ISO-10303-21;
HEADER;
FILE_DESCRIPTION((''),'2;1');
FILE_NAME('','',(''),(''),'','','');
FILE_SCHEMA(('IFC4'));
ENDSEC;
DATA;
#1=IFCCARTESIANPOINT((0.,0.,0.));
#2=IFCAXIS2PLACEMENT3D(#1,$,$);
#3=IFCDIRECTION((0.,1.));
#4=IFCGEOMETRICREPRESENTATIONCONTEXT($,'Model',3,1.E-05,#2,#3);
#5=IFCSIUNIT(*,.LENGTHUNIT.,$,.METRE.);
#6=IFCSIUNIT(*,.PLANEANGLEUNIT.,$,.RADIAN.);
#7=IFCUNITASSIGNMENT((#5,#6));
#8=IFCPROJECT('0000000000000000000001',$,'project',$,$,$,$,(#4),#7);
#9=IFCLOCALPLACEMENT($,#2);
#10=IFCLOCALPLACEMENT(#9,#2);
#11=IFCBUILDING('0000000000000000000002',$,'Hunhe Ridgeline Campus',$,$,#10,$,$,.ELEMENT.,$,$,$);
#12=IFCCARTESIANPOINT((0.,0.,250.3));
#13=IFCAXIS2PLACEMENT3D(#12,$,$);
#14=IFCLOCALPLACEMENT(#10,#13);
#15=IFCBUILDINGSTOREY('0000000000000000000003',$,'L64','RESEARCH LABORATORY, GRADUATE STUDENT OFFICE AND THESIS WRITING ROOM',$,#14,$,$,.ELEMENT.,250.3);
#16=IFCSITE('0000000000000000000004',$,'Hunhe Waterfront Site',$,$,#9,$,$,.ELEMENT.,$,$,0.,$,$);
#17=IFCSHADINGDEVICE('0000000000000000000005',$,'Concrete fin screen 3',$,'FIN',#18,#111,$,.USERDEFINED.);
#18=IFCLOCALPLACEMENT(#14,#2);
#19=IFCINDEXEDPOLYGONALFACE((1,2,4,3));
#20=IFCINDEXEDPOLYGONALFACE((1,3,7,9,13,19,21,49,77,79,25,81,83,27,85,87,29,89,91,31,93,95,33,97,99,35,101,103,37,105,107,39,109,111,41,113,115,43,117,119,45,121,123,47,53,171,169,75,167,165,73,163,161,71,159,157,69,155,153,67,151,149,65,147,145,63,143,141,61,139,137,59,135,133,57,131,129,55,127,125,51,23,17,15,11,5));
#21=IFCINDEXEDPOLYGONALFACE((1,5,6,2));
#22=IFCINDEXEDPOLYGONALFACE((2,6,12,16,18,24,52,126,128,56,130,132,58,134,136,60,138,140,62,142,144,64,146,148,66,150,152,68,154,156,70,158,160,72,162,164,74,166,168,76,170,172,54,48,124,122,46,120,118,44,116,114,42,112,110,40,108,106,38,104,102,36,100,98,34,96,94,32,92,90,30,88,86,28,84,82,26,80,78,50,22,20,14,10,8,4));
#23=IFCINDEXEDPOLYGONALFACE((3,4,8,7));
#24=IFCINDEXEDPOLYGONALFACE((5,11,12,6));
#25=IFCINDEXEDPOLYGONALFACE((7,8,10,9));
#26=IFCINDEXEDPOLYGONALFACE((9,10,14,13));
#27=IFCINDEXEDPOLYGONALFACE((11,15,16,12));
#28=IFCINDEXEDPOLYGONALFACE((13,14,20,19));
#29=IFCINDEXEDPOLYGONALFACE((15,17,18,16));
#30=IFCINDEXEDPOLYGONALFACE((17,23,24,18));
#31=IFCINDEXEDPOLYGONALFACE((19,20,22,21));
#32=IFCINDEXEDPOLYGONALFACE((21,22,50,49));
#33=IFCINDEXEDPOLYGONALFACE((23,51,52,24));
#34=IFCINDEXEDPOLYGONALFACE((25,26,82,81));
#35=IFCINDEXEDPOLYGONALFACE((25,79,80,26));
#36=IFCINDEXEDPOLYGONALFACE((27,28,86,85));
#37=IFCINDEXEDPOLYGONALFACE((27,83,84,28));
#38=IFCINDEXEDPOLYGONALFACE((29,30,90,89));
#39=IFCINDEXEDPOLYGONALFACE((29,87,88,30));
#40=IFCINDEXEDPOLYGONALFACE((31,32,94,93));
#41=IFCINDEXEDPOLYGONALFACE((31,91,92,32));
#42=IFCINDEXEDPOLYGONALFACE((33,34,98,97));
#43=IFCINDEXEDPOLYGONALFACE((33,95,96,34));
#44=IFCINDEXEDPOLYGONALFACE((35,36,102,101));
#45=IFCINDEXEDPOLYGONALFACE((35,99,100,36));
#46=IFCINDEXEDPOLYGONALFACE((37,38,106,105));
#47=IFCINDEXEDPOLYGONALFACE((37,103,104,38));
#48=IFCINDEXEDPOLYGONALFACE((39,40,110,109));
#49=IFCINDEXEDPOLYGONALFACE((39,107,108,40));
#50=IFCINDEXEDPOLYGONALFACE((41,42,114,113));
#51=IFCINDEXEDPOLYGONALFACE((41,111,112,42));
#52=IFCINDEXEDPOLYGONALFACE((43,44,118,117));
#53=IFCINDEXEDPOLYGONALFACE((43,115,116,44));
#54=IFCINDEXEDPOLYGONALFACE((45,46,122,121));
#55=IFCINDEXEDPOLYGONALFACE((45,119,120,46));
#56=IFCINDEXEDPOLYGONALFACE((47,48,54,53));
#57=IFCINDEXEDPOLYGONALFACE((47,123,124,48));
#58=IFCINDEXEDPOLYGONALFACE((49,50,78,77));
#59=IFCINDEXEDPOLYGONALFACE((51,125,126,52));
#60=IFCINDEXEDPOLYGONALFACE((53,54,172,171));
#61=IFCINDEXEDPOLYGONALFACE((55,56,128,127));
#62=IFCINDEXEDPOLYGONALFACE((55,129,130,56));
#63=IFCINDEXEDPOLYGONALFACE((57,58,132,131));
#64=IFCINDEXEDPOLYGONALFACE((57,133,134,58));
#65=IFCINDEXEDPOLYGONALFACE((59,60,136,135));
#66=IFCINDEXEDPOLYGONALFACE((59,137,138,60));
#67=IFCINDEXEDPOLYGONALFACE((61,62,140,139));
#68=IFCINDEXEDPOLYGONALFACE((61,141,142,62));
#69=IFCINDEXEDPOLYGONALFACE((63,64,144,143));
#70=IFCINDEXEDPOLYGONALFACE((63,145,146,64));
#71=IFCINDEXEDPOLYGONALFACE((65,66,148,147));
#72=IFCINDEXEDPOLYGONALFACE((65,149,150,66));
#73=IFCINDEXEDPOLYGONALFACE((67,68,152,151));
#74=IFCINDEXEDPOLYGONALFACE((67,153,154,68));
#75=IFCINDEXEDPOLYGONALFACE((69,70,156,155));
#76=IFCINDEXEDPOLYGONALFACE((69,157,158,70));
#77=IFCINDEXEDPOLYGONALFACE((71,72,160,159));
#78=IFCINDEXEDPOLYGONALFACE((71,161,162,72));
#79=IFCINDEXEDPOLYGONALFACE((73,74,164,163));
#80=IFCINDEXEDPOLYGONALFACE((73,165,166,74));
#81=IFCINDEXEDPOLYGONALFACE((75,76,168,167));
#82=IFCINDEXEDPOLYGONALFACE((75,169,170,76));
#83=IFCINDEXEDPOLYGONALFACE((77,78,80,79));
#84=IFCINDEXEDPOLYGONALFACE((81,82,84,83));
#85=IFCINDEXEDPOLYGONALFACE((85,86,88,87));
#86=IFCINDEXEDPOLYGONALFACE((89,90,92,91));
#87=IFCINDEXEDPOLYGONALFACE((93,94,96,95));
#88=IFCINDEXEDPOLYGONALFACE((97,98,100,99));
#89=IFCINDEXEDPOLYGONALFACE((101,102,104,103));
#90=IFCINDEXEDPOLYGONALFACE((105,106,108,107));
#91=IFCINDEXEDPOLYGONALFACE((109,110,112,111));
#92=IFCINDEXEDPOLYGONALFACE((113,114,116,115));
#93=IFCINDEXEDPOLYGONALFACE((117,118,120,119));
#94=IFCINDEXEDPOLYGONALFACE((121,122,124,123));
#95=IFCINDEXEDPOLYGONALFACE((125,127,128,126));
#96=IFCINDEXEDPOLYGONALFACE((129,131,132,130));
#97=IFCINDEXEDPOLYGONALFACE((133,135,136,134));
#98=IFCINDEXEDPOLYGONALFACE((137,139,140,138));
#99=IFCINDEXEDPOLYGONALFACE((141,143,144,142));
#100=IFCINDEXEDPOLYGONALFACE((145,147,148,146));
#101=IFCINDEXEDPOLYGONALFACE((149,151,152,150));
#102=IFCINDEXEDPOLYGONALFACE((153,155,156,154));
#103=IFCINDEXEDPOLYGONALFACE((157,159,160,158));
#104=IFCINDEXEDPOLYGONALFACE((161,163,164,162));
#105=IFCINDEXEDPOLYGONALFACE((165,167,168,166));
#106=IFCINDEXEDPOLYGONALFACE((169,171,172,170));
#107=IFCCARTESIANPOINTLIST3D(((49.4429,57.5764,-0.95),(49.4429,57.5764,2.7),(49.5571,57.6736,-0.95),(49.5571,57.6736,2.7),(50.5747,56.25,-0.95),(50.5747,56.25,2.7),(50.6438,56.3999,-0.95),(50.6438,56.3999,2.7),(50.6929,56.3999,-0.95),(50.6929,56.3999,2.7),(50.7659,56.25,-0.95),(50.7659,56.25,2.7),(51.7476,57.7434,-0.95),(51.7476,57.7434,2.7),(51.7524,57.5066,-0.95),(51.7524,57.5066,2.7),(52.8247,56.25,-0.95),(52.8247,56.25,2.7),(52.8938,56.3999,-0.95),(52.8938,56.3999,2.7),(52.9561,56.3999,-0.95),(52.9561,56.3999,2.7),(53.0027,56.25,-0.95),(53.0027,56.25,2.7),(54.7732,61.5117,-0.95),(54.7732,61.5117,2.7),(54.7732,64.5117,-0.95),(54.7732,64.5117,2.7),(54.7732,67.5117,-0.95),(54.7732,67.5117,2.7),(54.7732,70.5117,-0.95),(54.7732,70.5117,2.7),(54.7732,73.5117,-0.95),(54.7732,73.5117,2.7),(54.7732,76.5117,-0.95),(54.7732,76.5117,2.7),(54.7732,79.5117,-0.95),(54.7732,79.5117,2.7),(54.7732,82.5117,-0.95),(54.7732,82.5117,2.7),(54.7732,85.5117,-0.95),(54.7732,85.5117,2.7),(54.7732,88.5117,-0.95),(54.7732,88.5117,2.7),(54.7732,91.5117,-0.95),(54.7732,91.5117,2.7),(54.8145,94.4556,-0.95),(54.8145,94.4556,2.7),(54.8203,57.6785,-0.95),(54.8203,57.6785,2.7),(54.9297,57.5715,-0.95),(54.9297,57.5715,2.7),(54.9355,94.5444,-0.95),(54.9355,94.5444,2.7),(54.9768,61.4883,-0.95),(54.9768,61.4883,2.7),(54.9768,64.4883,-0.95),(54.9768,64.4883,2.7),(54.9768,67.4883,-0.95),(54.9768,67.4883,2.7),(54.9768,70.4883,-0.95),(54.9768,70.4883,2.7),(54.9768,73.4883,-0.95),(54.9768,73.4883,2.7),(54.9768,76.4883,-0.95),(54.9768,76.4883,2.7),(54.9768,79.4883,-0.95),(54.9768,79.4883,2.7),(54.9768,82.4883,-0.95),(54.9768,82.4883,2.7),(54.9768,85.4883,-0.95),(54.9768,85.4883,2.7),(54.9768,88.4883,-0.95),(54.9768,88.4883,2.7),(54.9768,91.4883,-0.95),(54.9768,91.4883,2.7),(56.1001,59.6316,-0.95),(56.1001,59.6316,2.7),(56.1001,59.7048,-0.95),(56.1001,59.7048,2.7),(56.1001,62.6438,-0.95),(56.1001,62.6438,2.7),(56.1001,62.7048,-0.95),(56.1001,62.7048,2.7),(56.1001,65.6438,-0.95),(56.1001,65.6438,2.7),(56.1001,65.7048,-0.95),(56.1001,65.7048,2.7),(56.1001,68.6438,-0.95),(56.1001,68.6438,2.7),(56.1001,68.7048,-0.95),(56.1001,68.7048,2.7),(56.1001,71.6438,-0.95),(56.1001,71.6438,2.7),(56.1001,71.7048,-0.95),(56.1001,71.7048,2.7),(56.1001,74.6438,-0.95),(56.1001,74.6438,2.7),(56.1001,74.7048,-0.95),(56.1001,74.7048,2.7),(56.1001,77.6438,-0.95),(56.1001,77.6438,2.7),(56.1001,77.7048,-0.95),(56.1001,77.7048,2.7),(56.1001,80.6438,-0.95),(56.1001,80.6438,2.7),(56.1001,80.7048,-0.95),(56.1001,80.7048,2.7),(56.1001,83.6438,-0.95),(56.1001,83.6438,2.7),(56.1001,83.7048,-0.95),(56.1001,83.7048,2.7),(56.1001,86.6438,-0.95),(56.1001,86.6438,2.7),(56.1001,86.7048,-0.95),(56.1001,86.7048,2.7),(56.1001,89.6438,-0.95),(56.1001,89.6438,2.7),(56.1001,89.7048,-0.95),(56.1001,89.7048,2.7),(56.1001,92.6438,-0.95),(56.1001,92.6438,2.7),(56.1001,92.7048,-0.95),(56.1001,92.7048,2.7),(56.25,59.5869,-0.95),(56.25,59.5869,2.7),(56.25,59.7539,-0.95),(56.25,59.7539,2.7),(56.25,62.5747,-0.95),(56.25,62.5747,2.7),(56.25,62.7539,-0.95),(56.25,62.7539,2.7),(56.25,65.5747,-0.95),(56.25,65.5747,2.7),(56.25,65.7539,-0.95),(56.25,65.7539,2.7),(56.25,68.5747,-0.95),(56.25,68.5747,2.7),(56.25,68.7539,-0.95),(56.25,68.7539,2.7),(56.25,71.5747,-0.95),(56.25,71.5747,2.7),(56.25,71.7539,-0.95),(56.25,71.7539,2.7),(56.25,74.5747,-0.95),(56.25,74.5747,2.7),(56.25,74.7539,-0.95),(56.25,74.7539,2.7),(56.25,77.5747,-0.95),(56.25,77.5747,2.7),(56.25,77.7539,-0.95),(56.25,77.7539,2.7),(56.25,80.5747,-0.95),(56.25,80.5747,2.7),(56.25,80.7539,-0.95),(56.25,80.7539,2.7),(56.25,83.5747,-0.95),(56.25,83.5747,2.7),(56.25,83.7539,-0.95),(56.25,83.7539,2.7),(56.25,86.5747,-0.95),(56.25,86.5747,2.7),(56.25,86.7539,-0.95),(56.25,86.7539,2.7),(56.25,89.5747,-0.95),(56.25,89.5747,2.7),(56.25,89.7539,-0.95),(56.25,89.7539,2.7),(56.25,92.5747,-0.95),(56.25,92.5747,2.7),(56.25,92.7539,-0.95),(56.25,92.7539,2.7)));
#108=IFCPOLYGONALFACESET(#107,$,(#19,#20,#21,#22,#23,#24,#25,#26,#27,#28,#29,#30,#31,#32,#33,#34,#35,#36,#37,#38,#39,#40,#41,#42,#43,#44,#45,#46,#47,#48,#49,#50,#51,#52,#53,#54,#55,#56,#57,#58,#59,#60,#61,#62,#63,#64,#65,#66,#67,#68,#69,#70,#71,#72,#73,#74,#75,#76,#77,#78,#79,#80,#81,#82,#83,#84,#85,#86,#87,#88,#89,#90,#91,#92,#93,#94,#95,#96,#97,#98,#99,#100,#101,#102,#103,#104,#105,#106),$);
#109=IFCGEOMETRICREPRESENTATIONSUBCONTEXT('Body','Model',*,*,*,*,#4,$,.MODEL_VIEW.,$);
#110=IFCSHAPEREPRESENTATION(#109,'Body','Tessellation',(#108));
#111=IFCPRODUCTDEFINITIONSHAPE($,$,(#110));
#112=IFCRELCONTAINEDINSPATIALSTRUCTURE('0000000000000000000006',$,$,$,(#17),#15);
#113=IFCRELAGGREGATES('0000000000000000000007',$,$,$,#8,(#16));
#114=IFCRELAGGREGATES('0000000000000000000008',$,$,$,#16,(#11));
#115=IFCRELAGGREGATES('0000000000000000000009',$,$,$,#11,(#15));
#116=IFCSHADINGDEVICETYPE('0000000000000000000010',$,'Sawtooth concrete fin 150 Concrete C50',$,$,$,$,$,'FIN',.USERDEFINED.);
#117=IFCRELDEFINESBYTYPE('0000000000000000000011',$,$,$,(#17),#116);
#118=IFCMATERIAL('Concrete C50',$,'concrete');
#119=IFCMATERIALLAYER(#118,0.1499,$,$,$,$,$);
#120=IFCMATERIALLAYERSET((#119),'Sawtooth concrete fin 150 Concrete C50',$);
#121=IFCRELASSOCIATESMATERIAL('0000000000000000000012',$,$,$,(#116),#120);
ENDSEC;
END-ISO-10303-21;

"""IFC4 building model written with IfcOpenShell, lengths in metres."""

from ifc_helpers import new_model, si_unit, direction, frame, origin, place, context, subcontext, project, spatial, polyline, outline, extrude, material, layer, layer_set, type_object, element, save


model = new_model("IFC4")

# Units and contexts
model_context = context("Model", 3, precision=1e-05, world=origin(), true_north=direction((0.0, 1.0)))
body_context = subcontext(model_context, "Body", "Model", "MODEL_VIEW")
ifc_project = project(units=[si_unit("LENGTHUNIT", "METRE"), si_unit("PLANEANGLEUNIT", "RADIAN")], contexts=[model_context])

# Site, building, storey
site_placement = place(None, origin())
site = spatial("IfcSite", under=ifc_project, at=site_placement, Name="Hunhe Waterfront Site", CompositionType="ELEMENT", RefElevation=0.0)
building_placement = place(site_placement, origin())
building = spatial("IfcBuilding", under=site, at=building_placement, Name="Hunhe Ridgeline Campus", CompositionType="ELEMENT")
storey_placement = place(building_placement, frame((0.0, 0.0, 250.3)))
storey = spatial("IfcBuildingStorey", under=building, at=storey_placement, Name="L64", Description="RESEARCH LABORATORY, GRADUATE STUDENT OFFICE AND THESIS WRITING ROOM", CompositionType="ELEMENT", Elevation=250.3)

# Shared definitions
ifc_material_1 = material(Name="Concrete C50", Category="concrete")

# Shading device
ifc_layer_1 = layer(ifc_material_1, 0.1499)
ifc_layer_set_1 = layer_set([ifc_layer_1], Name="Sawtooth concrete fin 150 Concrete C50")
shading_device_type = type_object("IfcShadingDeviceType", Name="Sawtooth concrete fin 150 Concrete C50", ElementType="FIN", PredefinedType="USERDEFINED", material=ifc_layer_set_1)
shading_device_1_placement = place(storey_placement, frame((0.0, 0.0, -0.95)))
element("IfcShadingDevice", 1, at=shading_device_1_placement, inside=storey, type_object=shading_device_type, Name="Concrete fin screen 3", ObjectType="FIN", PredefinedType="USERDEFINED", context=body_context, shape_type="SweptSolid", body=[
    extrude(outline(polyline([(49.5571, 57.6736), (49.4429, 57.5764), (50.5747, 56.25), (50.7659, 56.25), (51.7524, 57.5066), (52.8247, 56.25), (53.0027, 56.25), (54.9297, 57.5715), (56.25, 59.5869), (56.25, 59.7539), (54.9768, 61.4883), (56.25, 62.5747), (56.25, 62.7539), (54.9768, 64.4883), (56.25, 65.5747), (56.25, 65.7539), (54.9768, 67.4883), (56.25, 68.5747), (56.25, 68.7539), (54.9768, 70.4883), (56.25, 71.5747), (56.25, 71.7539), (54.9768, 73.4883), (56.25, 74.5747), (56.25, 74.7539), (54.9768, 76.4883), (56.25, 77.5747), (56.25, 77.7539), (54.9768, 79.4883), (56.25, 80.5747), (56.25, 80.7539), (54.9768, 82.4883), (56.25, 83.5747), (56.25, 83.7539), (54.9768, 85.4883), (56.25, 86.5747), (56.25, 86.7539), (54.9768, 88.4883), (56.25, 89.5747), (56.25, 89.7539), (54.9768, 91.4883), (56.25, 92.5747), (56.25, 92.7539), (54.9355, 94.5444), (54.8145, 94.4556), (56.1001, 92.7048), (56.1001, 92.6438), (54.7732, 91.5117), (56.1001, 89.7048), (56.1001, 89.6438), (54.7732, 88.5117), (56.1001, 86.7048), (56.1001, 86.6438), (54.7732, 85.5117), (56.1001, 83.7048), (56.1001, 83.6438), (54.7732, 82.5117), (56.1001, 80.7048), (56.1001, 80.6438), (54.7732, 79.5117), (56.1001, 77.7048), (56.1001, 77.6438), (54.7732, 76.5117), (56.1001, 74.7048), (56.1001, 74.6438), (54.7732, 73.5117), (56.1001, 71.7048), (56.1001, 71.6438), (54.7732, 70.5117), (56.1001, 68.7048), (56.1001, 68.6438), (54.7732, 67.5117), (56.1001, 65.7048), (56.1001, 65.6438), (54.7732, 64.5117), (56.1001, 62.7048), (56.1001, 62.6438), (54.7732, 61.5117), (56.1001, 59.7048), (56.1001, 59.6316), (54.8203, 57.6785), (52.9561, 56.3999), (52.8938, 56.3999), (51.7476, 57.7434), (50.6929, 56.3999), (50.6438, 56.3999), (49.5571, 57.6736)])), origin(), (0.0, 0.0, 1.0), 3.6499),
])

save(model, "model.ifc")
